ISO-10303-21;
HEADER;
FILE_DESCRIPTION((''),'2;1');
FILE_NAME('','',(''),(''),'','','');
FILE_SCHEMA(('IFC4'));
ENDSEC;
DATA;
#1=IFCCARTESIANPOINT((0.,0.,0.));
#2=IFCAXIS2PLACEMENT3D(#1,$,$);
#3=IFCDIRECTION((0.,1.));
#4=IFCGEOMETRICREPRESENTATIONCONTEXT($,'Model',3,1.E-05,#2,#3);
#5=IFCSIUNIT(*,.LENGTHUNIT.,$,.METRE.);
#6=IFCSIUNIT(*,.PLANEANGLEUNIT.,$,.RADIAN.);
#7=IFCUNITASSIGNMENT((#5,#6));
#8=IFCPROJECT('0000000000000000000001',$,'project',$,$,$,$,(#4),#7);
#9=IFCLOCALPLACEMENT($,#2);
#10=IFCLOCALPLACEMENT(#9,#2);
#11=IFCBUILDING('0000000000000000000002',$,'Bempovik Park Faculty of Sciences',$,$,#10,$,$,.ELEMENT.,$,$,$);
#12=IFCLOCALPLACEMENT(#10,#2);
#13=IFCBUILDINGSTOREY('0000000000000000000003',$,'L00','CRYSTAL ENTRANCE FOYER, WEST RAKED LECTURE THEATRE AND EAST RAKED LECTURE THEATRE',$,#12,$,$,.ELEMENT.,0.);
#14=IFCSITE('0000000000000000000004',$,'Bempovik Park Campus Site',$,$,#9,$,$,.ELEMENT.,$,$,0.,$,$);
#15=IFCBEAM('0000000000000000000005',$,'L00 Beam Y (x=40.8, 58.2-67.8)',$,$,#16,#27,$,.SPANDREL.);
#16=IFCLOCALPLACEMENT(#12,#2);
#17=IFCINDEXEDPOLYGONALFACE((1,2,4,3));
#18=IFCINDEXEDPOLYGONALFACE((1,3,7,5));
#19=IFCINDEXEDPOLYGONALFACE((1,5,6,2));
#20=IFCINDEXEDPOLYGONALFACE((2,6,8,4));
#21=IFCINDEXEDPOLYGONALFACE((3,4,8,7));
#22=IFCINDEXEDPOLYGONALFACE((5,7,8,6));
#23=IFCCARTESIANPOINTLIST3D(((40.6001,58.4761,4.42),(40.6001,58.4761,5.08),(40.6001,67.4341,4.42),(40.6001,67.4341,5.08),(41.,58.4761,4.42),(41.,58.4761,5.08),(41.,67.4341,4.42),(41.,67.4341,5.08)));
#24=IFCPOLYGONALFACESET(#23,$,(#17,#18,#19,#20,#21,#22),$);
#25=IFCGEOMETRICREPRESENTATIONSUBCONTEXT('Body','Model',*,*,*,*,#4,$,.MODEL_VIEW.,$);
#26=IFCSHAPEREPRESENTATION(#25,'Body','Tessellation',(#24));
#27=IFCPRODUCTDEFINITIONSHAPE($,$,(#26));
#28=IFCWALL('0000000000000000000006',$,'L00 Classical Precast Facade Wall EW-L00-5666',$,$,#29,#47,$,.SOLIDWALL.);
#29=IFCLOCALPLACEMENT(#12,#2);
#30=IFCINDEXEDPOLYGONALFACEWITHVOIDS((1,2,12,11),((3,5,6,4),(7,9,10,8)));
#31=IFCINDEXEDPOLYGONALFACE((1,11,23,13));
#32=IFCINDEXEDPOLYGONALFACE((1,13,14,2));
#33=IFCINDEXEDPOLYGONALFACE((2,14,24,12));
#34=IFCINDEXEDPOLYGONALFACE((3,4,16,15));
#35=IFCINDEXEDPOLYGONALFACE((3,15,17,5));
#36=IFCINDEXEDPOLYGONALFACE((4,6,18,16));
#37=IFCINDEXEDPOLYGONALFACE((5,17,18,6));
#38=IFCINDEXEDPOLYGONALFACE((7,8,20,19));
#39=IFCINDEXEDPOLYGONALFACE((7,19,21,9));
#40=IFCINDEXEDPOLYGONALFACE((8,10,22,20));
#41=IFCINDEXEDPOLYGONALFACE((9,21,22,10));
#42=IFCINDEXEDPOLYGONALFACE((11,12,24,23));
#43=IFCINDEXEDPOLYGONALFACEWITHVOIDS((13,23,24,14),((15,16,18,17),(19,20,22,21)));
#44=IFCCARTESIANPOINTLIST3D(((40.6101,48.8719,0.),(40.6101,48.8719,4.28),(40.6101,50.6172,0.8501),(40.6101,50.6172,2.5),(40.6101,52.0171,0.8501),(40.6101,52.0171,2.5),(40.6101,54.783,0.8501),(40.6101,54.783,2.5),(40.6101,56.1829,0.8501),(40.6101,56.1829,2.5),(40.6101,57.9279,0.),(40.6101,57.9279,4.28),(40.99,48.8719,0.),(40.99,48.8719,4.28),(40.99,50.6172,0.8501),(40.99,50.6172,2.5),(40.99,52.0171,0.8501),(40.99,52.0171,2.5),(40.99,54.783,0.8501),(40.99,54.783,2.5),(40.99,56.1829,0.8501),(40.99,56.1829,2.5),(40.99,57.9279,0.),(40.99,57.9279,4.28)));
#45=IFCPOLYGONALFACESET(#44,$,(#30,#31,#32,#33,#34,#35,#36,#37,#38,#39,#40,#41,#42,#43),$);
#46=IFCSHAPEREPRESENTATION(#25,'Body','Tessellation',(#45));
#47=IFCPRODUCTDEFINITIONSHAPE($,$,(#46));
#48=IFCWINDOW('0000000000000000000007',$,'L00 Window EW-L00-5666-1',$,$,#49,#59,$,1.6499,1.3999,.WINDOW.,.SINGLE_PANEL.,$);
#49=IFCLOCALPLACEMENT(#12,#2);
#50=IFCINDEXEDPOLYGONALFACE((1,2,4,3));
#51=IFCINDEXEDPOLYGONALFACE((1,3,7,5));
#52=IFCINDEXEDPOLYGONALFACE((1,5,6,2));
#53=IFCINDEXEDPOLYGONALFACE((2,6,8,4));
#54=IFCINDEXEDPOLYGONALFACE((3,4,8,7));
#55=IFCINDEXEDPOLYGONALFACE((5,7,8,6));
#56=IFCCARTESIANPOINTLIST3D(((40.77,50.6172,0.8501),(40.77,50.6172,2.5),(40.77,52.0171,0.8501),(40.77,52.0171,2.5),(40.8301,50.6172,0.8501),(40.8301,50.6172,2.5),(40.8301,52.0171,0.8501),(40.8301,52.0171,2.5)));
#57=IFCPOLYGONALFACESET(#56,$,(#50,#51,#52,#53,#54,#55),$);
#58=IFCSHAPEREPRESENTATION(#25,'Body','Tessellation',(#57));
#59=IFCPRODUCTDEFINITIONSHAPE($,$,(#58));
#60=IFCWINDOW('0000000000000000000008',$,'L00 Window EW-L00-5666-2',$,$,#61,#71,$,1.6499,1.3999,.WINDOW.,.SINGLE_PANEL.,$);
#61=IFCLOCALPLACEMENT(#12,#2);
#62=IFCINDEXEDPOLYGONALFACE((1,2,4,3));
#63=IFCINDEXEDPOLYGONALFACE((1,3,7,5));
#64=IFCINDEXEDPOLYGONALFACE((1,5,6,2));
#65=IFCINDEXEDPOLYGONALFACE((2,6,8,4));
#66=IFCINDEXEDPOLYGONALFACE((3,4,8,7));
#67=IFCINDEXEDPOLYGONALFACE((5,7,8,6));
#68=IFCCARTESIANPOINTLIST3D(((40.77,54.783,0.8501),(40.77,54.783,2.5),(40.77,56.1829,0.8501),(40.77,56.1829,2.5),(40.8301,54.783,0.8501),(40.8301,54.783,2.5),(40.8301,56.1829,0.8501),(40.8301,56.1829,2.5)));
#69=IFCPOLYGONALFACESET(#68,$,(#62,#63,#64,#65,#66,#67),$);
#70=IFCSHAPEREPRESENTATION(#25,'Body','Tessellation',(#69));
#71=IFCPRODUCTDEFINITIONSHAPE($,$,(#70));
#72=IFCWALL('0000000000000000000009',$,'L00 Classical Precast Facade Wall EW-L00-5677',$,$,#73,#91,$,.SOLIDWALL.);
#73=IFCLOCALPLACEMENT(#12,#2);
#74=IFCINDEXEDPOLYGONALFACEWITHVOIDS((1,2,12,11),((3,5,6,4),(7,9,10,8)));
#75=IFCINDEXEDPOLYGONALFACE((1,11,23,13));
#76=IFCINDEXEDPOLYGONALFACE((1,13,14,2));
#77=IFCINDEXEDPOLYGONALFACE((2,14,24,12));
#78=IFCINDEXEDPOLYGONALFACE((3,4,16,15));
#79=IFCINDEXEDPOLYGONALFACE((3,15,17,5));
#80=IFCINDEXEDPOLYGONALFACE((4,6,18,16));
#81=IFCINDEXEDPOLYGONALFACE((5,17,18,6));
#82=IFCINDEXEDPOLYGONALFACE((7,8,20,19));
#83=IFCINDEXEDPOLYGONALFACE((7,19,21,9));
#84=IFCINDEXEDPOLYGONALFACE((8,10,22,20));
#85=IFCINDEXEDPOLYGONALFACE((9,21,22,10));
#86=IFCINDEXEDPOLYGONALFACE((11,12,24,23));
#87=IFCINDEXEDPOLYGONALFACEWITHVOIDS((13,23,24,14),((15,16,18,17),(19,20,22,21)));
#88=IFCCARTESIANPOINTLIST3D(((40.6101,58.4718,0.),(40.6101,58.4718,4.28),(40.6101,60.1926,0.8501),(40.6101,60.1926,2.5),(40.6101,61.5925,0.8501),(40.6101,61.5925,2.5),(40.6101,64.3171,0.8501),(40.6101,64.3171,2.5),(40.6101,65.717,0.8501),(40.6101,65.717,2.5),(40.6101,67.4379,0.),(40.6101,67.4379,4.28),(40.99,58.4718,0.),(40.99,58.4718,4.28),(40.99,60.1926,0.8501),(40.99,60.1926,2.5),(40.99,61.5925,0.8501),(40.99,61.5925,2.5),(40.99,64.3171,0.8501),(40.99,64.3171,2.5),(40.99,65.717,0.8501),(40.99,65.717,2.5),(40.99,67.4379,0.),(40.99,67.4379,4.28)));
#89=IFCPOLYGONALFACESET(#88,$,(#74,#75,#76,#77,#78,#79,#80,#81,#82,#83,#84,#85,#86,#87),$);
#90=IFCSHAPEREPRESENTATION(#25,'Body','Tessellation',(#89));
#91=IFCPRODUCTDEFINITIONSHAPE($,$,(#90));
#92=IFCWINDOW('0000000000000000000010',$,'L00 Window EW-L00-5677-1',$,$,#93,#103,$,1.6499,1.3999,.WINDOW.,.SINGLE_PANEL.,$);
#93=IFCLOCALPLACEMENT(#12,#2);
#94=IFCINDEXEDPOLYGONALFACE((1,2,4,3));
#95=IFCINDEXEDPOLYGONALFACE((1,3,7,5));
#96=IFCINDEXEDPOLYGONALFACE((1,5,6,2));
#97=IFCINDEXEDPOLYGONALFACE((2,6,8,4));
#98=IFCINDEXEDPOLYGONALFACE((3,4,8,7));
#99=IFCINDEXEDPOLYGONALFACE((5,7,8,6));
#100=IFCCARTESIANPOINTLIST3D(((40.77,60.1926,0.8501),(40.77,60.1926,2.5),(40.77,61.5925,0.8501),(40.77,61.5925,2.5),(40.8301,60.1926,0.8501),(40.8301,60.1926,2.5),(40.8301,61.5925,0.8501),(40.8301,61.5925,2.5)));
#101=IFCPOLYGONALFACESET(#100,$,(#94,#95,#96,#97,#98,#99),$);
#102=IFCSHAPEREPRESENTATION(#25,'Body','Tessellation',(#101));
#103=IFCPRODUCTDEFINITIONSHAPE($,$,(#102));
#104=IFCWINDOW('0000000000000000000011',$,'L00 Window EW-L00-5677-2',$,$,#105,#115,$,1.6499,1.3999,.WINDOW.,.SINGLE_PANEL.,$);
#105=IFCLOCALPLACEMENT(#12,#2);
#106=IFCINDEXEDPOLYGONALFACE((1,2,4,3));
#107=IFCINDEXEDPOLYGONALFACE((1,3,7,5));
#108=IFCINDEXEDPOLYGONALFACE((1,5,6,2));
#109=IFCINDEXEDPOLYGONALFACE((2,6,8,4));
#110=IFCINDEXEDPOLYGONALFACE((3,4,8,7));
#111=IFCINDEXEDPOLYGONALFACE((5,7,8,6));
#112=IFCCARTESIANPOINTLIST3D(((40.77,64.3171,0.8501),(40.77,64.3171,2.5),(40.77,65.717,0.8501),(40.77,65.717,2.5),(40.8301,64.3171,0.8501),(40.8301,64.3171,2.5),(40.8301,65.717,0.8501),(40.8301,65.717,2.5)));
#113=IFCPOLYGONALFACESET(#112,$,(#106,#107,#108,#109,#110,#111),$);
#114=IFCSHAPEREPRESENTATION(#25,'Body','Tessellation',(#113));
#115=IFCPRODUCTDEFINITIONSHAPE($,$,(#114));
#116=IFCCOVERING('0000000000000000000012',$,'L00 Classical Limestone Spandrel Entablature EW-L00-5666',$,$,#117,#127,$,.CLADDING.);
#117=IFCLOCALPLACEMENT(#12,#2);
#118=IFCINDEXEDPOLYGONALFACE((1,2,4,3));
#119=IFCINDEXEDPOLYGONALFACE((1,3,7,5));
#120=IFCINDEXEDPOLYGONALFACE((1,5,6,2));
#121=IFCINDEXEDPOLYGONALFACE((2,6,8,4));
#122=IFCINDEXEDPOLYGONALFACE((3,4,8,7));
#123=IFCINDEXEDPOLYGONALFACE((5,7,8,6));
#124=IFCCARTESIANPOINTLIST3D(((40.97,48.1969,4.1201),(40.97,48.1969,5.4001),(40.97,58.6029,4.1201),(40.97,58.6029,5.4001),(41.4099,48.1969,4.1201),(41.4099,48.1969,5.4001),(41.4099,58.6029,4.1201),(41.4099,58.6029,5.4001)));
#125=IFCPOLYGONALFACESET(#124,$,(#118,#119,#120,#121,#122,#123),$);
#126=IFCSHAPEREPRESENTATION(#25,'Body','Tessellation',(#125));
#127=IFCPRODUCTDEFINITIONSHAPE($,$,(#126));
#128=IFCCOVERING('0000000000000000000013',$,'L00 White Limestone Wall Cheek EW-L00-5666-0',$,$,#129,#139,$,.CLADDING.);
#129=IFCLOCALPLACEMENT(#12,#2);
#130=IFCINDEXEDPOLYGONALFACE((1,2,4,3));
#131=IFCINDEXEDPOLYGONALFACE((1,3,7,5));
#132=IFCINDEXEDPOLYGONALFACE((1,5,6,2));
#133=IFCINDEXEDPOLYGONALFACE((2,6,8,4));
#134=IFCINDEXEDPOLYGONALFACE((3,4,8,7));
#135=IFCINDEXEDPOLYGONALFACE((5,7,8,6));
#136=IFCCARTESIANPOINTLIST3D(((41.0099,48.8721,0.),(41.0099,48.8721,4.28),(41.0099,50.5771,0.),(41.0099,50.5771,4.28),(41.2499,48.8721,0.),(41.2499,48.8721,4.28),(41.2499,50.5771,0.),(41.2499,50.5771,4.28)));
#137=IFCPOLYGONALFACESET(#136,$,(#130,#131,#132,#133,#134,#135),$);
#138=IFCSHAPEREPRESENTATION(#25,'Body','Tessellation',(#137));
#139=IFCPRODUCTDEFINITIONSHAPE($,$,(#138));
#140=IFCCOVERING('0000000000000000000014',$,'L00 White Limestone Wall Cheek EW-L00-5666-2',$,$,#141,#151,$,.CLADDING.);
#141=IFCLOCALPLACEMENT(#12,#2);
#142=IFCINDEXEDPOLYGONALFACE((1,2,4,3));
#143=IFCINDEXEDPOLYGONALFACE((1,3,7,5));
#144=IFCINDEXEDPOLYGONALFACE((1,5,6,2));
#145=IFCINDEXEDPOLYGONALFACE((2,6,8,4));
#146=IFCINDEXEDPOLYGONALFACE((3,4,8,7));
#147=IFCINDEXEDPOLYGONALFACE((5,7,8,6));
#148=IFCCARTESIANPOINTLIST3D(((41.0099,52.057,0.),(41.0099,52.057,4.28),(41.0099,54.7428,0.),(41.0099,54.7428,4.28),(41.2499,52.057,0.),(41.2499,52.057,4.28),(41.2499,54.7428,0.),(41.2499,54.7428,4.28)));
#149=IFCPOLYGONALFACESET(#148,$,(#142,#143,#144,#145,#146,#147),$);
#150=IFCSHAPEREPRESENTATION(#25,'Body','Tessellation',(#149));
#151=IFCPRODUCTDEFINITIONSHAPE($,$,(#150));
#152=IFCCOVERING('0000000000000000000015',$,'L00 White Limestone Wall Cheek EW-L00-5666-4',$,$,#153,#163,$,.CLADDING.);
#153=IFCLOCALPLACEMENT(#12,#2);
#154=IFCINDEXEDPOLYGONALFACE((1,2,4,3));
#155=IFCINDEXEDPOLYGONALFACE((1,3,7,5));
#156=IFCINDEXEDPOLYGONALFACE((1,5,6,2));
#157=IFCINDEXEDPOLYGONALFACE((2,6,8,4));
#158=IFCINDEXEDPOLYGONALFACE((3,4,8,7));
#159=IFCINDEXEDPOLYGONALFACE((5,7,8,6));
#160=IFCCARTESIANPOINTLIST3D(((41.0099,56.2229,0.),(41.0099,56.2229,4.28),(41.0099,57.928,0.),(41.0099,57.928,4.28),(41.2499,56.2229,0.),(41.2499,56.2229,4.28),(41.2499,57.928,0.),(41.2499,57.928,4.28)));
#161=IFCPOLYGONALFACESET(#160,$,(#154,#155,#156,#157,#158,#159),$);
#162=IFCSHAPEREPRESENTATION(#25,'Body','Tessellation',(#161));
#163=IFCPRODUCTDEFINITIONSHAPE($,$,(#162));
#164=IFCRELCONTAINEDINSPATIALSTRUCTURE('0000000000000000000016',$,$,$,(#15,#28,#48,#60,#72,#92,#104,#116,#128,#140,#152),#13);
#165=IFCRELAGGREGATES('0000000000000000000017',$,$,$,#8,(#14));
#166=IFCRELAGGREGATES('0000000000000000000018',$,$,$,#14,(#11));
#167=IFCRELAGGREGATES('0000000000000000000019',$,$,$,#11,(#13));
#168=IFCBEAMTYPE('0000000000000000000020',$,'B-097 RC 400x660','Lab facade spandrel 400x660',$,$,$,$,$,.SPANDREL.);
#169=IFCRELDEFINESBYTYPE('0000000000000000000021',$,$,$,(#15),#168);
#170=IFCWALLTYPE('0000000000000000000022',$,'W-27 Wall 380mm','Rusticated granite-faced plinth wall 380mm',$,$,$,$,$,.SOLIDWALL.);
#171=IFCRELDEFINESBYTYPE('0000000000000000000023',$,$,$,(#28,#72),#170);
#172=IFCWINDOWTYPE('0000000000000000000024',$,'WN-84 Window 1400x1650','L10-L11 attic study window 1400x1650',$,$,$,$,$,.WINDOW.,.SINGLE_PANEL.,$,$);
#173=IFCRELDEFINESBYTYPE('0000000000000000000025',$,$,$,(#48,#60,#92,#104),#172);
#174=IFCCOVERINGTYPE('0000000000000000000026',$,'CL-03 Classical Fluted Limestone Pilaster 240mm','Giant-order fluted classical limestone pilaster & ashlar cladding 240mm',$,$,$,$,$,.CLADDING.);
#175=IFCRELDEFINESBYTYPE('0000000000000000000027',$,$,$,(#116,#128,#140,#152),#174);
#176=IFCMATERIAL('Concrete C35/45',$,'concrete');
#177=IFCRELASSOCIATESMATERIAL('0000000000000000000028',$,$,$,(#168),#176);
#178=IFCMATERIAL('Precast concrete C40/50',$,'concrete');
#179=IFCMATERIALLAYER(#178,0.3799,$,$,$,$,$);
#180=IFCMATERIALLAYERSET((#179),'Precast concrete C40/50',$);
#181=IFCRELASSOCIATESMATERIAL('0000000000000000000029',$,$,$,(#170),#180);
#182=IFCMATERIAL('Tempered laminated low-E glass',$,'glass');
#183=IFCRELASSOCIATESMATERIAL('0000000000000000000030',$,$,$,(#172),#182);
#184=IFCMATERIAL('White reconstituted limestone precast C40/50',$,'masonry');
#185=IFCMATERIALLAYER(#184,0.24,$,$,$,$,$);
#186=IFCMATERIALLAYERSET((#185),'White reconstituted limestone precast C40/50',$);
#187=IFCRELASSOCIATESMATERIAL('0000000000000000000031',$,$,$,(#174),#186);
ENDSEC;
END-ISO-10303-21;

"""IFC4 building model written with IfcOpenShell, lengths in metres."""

from ifc_helpers import new_model, si_unit, direction, frame, frame_2d, origin, origin_2d, place, context, subcontext, project, spatial, rectangle, extrude, material, layer, layer_set, material_profile, profile_set, type_object, element, fill, save


model = new_model("IFC4")

# Units and contexts
model_context = context("Model", 3, precision=1e-05, world=origin(), true_north=direction((0.0, 1.0)))
body_context = subcontext(model_context, "Body", "Model", "MODEL_VIEW")
ifc_project = project(units=[si_unit("LENGTHUNIT", "METRE"), si_unit("PLANEANGLEUNIT", "RADIAN")], contexts=[model_context])

# Site, building, storey
site_placement = place(None, origin())
site = spatial("IfcSite", under=ifc_project, at=site_placement, Name="Bempovik Park Campus Site", CompositionType="ELEMENT", RefElevation=0.0)
building_placement = place(site_placement, origin())
building = spatial("IfcBuilding", under=site, at=building_placement, Name="Bempovik Park Faculty of Sciences", CompositionType="ELEMENT")
storey_placement = place(building_placement, origin())
storey = spatial("IfcBuildingStorey", under=building, at=storey_placement, Name="L00", Description="CRYSTAL ENTRANCE FOYER, WEST RAKED LECTURE THEATRE AND EAST RAKED LECTURE THEATRE", CompositionType="ELEMENT", Elevation=0.0)

# Shared definitions
ifc_material_1 = material(Name="Concrete C35/45", Category="concrete")

# Beam
ifc_material_profile_1 = material_profile(ifc_material_1, rectangle(XDim=0.3999, YDim=0.6599, at=origin_2d()), Name="RC 400x660")
ifc_profile_set_1 = profile_set([ifc_material_profile_1], Name="Concrete C35/45")
beam_type = type_object("IfcBeamType", Name="B-097 RC 400x660", Description="Lab facade spandrel 400x660", PredefinedType="SPANDREL", material=ifc_profile_set_1)
beam_1_placement = place(storey_placement, frame((40.8, 58.4761, 4.75), z_axis=(0.0, 1.0, 0.0), x_axis=(-1.0, 0.0, 0.0)))
element("IfcBeam", 1, at=beam_1_placement, inside=storey, type_object=beam_type, Name="L00 Beam Y (x=40.8, 58.2-67.8)", PredefinedType="SPANDREL", context=body_context, shape_type="SweptSolid", body=[
    extrude(rectangle(XDim=0.3999, YDim=0.6599, at=origin_2d()), origin(), (0.0, 0.0, 1.0), 8.958),
])

# Walls, openings, windows
ifc_material_2 = material(Name="Precast concrete C40/50", Category="concrete")
ifc_layer_1 = layer(ifc_material_2, 0.3799)
ifc_layer_set_1 = layer_set([ifc_layer_1], Name="Precast concrete C40/50")
wall_type = type_object("IfcWallType", Name="W-27 Wall 380mm", Description="Rusticated granite-faced plinth wall 380mm", PredefinedType="SOLIDWALL", material=ifc_layer_set_1)
wall_1_placement = place(storey_placement, frame((40.8, 48.8721, 0.0), z_axis=(0.0, 0.0, 1.0), x_axis=(0.0, 1.0, 0.0)))
wall_1 = element("IfcWall", 2, at=wall_1_placement, inside=storey, type_object=wall_type, Name="L00 Classical Precast Facade Wall EW-L00-5666", PredefinedType="SOLIDWALL", context=body_context, shape_type="SweptSolid", body=[
    extrude(rectangle(XDim=9.0559, YDim=0.3799, at=frame_2d((4.5278, 0.0))), origin(), (0.0, 0.0, 1.0), 4.28),
])
opening_1_placement = place(wall_1_placement, frame((1.7451, 0.0, 0.8501)))
opening_1 = element("IfcOpeningElement", 3, at=opening_1_placement, cuts=wall_1, PredefinedType="OPENING", context=body_context, shape_type="SweptSolid", body=[
    extrude(rectangle(XDim=1.3999, YDim=1.6499, at=frame_2d((0.7, 0.825))), frame((0.0, 0.2, 0.0), z_axis=(0.0, -1.0, 0.0), x_axis=(1.0, 0.0, 0.0)), (0.0, 0.0, 1.0), 0.3999),
])
opening_2_placement = place(wall_1_placement, frame((5.9109, 0.0, 0.8501)))
opening_2 = element("IfcOpeningElement", 4, at=opening_2_placement, cuts=wall_1, PredefinedType="OPENING", context=body_context, shape_type="SweptSolid", body=[
    extrude(rectangle(XDim=1.3999, YDim=1.6499, at=frame_2d((0.7, 0.825))), frame((0.0, 0.2, 0.0), z_axis=(0.0, -1.0, 0.0), x_axis=(1.0, 0.0, 0.0)), (0.0, 0.0, 1.0), 0.3999),
])
ifc_material_3 = material(Name="Tempered laminated low-E glass", Category="glass")
window_type = type_object("IfcWindowType", Name="WN-84 Window 1400x1650", Description="L10-L11 attic study window 1400x1650", PartitioningType="SINGLE_PANEL", PredefinedType="WINDOW", material=ifc_material_3)
window_1_placement = place(opening_1_placement, origin())
window_1 = element("IfcWindow", 5, at=window_1_placement, inside=storey, type_object=window_type, Name="L00 Window EW-L00-5666-1", OverallHeight=1.6499, OverallWidth=1.3999, PartitioningType="SINGLE_PANEL", PredefinedType="WINDOW", context=body_context, shape_type="SweptSolid", body=[
    extrude(rectangle(XDim=1.3999, YDim=1.6499, at=frame_2d((0.7, 0.825))), frame((0.0, 0.03, 0.0), z_axis=(0.0, -1.0, 0.0), x_axis=(1.0, 0.0, 0.0)), (0.0, 0.0, 1.0), 0.0601),
])
fill(opening_1, window_1)
window_2_placement = place(opening_2_placement, origin())
window_2 = element("IfcWindow", 6, at=window_2_placement, inside=storey, type_object=window_type, Name="L00 Window EW-L00-5666-2", OverallHeight=1.6499, OverallWidth=1.3999, PartitioningType="SINGLE_PANEL", PredefinedType="WINDOW", context=body_context, shape_type="SweptSolid", body=[
    extrude(rectangle(XDim=1.3999, YDim=1.6499, at=frame_2d((0.7, 0.825))), frame((0.0, 0.03, 0.0), z_axis=(0.0, -1.0, 0.0), x_axis=(1.0, 0.0, 0.0)), (0.0, 0.0, 1.0), 0.0601),
])
fill(opening_2, window_2)
wall_2_placement = place(storey_placement, frame((40.8, 58.4719, 0.0), z_axis=(0.0, 0.0, 1.0), x_axis=(0.0, 1.0, 0.0)))
wall_2 = element("IfcWall", 7, at=wall_2_placement, inside=storey, type_object=wall_type, Name="L00 Classical Precast Facade Wall EW-L00-5677", PredefinedType="SOLIDWALL", context=body_context, shape_type="SweptSolid", body=[
    extrude(rectangle(XDim=8.9661, YDim=0.3799, at=frame_2d((4.4829, 0.0))), origin(), (0.0, 0.0, 1.0), 4.28),
])
opening_3_placement = place(wall_2_placement, frame((1.7207, 0.0, 0.8501)))
opening_3 = element("IfcOpeningElement", 8, at=opening_3_placement, cuts=wall_2, PredefinedType="OPENING", context=body_context, shape_type="SweptSolid", body=[
    extrude(rectangle(XDim=1.3999, YDim=1.6499, at=frame_2d((0.7, 0.825))), frame((0.0, 0.2, 0.0), z_axis=(0.0, -1.0, 0.0), x_axis=(1.0, 0.0, 0.0)), (0.0, 0.0, 1.0), 0.3999),
])
opening_4_placement = place(wall_2_placement, frame((5.8452, 0.0, 0.8501)))
opening_4 = element("IfcOpeningElement", 9, at=opening_4_placement, cuts=wall_2, PredefinedType="OPENING", context=body_context, shape_type="SweptSolid", body=[
    extrude(rectangle(XDim=1.3999, YDim=1.6499, at=frame_2d((0.7, 0.825))), frame((0.0, 0.2, 0.0), z_axis=(0.0, -1.0, 0.0), x_axis=(1.0, 0.0, 0.0)), (0.0, 0.0, 1.0), 0.3999),
])
window_3_placement = place(opening_3_placement, origin())
window_3 = element("IfcWindow", 10, at=window_3_placement, inside=storey, type_object=window_type, Name="L00 Window EW-L00-5677-1", OverallHeight=1.6499, OverallWidth=1.3999, PartitioningType="SINGLE_PANEL", PredefinedType="WINDOW", context=body_context, shape_type="SweptSolid", body=[
    extrude(rectangle(XDim=1.3999, YDim=1.6499, at=frame_2d((0.7, 0.825))), frame((0.0, 0.03, 0.0), z_axis=(0.0, -1.0, 0.0), x_axis=(1.0, 0.0, 0.0)), (0.0, 0.0, 1.0), 0.0601),
])
fill(opening_3, window_3)
window_4_placement = place(opening_4_placement, origin())
window_4 = element("IfcWindow", 11, at=window_4_placement, inside=storey, type_object=window_type, Name="L00 Window EW-L00-5677-2", OverallHeight=1.6499, OverallWidth=1.3999, PartitioningType="SINGLE_PANEL", PredefinedType="WINDOW", context=body_context, shape_type="SweptSolid", body=[
    extrude(rectangle(XDim=1.3999, YDim=1.6499, at=frame_2d((0.7, 0.825))), frame((0.0, 0.03, 0.0), z_axis=(0.0, -1.0, 0.0), x_axis=(1.0, 0.0, 0.0)), (0.0, 0.0, 1.0), 0.0601),
])
fill(opening_4, window_4)

# Coverings
ifc_material_4 = material(Name="White reconstituted limestone precast C40/50", Category="masonry")
ifc_layer_2 = layer(ifc_material_4, 0.24)
ifc_layer_set_2 = layer_set([ifc_layer_2], Name="White reconstituted limestone precast C40/50")
covering_type = type_object("IfcCoveringType", Name="CL-03 Classical Fluted Limestone Pilaster 240mm", Description="Giant-order fluted classical limestone pilaster & ashlar cladding 240mm", PredefinedType="CLADDING", material=ifc_layer_set_2)
covering_1_placement = place(storey_placement, frame((41.1899, 53.3999, 4.1201), z_axis=(0.0, 0.0, 1.0), x_axis=(1.0, 0.0, 0.0)))
element("IfcCovering", 12, at=covering_1_placement, inside=storey, type_object=covering_type, Name="L00 Classical Limestone Spandrel Entablature EW-L00-5666", PredefinedType="CLADDING", context=body_context, shape_type="SweptSolid", body=[
    extrude(rectangle(XDim=0.4399, YDim=10.406, at=origin_2d()), origin(), (0.0, 0.0, 1.0), 1.28),
])
covering_2_placement = place(storey_placement, frame((41.1299, 49.7246, 0.0), z_axis=(0.0, 0.0, 1.0), x_axis=(1.0, 0.0, 0.0)))
element("IfcCovering", 13, at=covering_2_placement, inside=storey, type_object=covering_type, Name="L00 White Limestone Wall Cheek EW-L00-5666-0", PredefinedType="CLADDING", context=body_context, shape_type="SweptSolid", body=[
    extrude(rectangle(XDim=0.24, YDim=1.7051, at=origin_2d()), origin(), (0.0, 0.0, 1.0), 4.28),
])
covering_3_placement = place(storey_placement, frame((41.1299, 53.3999, 0.0), z_axis=(0.0, 0.0, 1.0), x_axis=(1.0, 0.0, 0.0)))
element("IfcCovering", 14, at=covering_3_placement, inside=storey, type_object=covering_type, Name="L00 White Limestone Wall Cheek EW-L00-5666-2", PredefinedType="CLADDING", context=body_context, shape_type="SweptSolid", body=[
    extrude(rectangle(XDim=0.24, YDim=2.6858, at=origin_2d()), origin(), (0.0, 0.0, 1.0), 4.28),
])
covering_4_placement = place(storey_placement, frame((41.1299, 57.0754, 0.0), z_axis=(0.0, 0.0, 1.0), x_axis=(1.0, 0.0, 0.0)))
element("IfcCovering", 15, at=covering_4_placement, inside=storey, type_object=covering_type, Name="L00 White Limestone Wall Cheek EW-L00-5666-4", PredefinedType="CLADDING", context=body_context, shape_type="SweptSolid", body=[
    extrude(rectangle(XDim=0.24, YDim=1.7051, at=origin_2d()), origin(), (0.0, 0.0, 1.0), 4.28),
])

save(model, "model.ifc")
